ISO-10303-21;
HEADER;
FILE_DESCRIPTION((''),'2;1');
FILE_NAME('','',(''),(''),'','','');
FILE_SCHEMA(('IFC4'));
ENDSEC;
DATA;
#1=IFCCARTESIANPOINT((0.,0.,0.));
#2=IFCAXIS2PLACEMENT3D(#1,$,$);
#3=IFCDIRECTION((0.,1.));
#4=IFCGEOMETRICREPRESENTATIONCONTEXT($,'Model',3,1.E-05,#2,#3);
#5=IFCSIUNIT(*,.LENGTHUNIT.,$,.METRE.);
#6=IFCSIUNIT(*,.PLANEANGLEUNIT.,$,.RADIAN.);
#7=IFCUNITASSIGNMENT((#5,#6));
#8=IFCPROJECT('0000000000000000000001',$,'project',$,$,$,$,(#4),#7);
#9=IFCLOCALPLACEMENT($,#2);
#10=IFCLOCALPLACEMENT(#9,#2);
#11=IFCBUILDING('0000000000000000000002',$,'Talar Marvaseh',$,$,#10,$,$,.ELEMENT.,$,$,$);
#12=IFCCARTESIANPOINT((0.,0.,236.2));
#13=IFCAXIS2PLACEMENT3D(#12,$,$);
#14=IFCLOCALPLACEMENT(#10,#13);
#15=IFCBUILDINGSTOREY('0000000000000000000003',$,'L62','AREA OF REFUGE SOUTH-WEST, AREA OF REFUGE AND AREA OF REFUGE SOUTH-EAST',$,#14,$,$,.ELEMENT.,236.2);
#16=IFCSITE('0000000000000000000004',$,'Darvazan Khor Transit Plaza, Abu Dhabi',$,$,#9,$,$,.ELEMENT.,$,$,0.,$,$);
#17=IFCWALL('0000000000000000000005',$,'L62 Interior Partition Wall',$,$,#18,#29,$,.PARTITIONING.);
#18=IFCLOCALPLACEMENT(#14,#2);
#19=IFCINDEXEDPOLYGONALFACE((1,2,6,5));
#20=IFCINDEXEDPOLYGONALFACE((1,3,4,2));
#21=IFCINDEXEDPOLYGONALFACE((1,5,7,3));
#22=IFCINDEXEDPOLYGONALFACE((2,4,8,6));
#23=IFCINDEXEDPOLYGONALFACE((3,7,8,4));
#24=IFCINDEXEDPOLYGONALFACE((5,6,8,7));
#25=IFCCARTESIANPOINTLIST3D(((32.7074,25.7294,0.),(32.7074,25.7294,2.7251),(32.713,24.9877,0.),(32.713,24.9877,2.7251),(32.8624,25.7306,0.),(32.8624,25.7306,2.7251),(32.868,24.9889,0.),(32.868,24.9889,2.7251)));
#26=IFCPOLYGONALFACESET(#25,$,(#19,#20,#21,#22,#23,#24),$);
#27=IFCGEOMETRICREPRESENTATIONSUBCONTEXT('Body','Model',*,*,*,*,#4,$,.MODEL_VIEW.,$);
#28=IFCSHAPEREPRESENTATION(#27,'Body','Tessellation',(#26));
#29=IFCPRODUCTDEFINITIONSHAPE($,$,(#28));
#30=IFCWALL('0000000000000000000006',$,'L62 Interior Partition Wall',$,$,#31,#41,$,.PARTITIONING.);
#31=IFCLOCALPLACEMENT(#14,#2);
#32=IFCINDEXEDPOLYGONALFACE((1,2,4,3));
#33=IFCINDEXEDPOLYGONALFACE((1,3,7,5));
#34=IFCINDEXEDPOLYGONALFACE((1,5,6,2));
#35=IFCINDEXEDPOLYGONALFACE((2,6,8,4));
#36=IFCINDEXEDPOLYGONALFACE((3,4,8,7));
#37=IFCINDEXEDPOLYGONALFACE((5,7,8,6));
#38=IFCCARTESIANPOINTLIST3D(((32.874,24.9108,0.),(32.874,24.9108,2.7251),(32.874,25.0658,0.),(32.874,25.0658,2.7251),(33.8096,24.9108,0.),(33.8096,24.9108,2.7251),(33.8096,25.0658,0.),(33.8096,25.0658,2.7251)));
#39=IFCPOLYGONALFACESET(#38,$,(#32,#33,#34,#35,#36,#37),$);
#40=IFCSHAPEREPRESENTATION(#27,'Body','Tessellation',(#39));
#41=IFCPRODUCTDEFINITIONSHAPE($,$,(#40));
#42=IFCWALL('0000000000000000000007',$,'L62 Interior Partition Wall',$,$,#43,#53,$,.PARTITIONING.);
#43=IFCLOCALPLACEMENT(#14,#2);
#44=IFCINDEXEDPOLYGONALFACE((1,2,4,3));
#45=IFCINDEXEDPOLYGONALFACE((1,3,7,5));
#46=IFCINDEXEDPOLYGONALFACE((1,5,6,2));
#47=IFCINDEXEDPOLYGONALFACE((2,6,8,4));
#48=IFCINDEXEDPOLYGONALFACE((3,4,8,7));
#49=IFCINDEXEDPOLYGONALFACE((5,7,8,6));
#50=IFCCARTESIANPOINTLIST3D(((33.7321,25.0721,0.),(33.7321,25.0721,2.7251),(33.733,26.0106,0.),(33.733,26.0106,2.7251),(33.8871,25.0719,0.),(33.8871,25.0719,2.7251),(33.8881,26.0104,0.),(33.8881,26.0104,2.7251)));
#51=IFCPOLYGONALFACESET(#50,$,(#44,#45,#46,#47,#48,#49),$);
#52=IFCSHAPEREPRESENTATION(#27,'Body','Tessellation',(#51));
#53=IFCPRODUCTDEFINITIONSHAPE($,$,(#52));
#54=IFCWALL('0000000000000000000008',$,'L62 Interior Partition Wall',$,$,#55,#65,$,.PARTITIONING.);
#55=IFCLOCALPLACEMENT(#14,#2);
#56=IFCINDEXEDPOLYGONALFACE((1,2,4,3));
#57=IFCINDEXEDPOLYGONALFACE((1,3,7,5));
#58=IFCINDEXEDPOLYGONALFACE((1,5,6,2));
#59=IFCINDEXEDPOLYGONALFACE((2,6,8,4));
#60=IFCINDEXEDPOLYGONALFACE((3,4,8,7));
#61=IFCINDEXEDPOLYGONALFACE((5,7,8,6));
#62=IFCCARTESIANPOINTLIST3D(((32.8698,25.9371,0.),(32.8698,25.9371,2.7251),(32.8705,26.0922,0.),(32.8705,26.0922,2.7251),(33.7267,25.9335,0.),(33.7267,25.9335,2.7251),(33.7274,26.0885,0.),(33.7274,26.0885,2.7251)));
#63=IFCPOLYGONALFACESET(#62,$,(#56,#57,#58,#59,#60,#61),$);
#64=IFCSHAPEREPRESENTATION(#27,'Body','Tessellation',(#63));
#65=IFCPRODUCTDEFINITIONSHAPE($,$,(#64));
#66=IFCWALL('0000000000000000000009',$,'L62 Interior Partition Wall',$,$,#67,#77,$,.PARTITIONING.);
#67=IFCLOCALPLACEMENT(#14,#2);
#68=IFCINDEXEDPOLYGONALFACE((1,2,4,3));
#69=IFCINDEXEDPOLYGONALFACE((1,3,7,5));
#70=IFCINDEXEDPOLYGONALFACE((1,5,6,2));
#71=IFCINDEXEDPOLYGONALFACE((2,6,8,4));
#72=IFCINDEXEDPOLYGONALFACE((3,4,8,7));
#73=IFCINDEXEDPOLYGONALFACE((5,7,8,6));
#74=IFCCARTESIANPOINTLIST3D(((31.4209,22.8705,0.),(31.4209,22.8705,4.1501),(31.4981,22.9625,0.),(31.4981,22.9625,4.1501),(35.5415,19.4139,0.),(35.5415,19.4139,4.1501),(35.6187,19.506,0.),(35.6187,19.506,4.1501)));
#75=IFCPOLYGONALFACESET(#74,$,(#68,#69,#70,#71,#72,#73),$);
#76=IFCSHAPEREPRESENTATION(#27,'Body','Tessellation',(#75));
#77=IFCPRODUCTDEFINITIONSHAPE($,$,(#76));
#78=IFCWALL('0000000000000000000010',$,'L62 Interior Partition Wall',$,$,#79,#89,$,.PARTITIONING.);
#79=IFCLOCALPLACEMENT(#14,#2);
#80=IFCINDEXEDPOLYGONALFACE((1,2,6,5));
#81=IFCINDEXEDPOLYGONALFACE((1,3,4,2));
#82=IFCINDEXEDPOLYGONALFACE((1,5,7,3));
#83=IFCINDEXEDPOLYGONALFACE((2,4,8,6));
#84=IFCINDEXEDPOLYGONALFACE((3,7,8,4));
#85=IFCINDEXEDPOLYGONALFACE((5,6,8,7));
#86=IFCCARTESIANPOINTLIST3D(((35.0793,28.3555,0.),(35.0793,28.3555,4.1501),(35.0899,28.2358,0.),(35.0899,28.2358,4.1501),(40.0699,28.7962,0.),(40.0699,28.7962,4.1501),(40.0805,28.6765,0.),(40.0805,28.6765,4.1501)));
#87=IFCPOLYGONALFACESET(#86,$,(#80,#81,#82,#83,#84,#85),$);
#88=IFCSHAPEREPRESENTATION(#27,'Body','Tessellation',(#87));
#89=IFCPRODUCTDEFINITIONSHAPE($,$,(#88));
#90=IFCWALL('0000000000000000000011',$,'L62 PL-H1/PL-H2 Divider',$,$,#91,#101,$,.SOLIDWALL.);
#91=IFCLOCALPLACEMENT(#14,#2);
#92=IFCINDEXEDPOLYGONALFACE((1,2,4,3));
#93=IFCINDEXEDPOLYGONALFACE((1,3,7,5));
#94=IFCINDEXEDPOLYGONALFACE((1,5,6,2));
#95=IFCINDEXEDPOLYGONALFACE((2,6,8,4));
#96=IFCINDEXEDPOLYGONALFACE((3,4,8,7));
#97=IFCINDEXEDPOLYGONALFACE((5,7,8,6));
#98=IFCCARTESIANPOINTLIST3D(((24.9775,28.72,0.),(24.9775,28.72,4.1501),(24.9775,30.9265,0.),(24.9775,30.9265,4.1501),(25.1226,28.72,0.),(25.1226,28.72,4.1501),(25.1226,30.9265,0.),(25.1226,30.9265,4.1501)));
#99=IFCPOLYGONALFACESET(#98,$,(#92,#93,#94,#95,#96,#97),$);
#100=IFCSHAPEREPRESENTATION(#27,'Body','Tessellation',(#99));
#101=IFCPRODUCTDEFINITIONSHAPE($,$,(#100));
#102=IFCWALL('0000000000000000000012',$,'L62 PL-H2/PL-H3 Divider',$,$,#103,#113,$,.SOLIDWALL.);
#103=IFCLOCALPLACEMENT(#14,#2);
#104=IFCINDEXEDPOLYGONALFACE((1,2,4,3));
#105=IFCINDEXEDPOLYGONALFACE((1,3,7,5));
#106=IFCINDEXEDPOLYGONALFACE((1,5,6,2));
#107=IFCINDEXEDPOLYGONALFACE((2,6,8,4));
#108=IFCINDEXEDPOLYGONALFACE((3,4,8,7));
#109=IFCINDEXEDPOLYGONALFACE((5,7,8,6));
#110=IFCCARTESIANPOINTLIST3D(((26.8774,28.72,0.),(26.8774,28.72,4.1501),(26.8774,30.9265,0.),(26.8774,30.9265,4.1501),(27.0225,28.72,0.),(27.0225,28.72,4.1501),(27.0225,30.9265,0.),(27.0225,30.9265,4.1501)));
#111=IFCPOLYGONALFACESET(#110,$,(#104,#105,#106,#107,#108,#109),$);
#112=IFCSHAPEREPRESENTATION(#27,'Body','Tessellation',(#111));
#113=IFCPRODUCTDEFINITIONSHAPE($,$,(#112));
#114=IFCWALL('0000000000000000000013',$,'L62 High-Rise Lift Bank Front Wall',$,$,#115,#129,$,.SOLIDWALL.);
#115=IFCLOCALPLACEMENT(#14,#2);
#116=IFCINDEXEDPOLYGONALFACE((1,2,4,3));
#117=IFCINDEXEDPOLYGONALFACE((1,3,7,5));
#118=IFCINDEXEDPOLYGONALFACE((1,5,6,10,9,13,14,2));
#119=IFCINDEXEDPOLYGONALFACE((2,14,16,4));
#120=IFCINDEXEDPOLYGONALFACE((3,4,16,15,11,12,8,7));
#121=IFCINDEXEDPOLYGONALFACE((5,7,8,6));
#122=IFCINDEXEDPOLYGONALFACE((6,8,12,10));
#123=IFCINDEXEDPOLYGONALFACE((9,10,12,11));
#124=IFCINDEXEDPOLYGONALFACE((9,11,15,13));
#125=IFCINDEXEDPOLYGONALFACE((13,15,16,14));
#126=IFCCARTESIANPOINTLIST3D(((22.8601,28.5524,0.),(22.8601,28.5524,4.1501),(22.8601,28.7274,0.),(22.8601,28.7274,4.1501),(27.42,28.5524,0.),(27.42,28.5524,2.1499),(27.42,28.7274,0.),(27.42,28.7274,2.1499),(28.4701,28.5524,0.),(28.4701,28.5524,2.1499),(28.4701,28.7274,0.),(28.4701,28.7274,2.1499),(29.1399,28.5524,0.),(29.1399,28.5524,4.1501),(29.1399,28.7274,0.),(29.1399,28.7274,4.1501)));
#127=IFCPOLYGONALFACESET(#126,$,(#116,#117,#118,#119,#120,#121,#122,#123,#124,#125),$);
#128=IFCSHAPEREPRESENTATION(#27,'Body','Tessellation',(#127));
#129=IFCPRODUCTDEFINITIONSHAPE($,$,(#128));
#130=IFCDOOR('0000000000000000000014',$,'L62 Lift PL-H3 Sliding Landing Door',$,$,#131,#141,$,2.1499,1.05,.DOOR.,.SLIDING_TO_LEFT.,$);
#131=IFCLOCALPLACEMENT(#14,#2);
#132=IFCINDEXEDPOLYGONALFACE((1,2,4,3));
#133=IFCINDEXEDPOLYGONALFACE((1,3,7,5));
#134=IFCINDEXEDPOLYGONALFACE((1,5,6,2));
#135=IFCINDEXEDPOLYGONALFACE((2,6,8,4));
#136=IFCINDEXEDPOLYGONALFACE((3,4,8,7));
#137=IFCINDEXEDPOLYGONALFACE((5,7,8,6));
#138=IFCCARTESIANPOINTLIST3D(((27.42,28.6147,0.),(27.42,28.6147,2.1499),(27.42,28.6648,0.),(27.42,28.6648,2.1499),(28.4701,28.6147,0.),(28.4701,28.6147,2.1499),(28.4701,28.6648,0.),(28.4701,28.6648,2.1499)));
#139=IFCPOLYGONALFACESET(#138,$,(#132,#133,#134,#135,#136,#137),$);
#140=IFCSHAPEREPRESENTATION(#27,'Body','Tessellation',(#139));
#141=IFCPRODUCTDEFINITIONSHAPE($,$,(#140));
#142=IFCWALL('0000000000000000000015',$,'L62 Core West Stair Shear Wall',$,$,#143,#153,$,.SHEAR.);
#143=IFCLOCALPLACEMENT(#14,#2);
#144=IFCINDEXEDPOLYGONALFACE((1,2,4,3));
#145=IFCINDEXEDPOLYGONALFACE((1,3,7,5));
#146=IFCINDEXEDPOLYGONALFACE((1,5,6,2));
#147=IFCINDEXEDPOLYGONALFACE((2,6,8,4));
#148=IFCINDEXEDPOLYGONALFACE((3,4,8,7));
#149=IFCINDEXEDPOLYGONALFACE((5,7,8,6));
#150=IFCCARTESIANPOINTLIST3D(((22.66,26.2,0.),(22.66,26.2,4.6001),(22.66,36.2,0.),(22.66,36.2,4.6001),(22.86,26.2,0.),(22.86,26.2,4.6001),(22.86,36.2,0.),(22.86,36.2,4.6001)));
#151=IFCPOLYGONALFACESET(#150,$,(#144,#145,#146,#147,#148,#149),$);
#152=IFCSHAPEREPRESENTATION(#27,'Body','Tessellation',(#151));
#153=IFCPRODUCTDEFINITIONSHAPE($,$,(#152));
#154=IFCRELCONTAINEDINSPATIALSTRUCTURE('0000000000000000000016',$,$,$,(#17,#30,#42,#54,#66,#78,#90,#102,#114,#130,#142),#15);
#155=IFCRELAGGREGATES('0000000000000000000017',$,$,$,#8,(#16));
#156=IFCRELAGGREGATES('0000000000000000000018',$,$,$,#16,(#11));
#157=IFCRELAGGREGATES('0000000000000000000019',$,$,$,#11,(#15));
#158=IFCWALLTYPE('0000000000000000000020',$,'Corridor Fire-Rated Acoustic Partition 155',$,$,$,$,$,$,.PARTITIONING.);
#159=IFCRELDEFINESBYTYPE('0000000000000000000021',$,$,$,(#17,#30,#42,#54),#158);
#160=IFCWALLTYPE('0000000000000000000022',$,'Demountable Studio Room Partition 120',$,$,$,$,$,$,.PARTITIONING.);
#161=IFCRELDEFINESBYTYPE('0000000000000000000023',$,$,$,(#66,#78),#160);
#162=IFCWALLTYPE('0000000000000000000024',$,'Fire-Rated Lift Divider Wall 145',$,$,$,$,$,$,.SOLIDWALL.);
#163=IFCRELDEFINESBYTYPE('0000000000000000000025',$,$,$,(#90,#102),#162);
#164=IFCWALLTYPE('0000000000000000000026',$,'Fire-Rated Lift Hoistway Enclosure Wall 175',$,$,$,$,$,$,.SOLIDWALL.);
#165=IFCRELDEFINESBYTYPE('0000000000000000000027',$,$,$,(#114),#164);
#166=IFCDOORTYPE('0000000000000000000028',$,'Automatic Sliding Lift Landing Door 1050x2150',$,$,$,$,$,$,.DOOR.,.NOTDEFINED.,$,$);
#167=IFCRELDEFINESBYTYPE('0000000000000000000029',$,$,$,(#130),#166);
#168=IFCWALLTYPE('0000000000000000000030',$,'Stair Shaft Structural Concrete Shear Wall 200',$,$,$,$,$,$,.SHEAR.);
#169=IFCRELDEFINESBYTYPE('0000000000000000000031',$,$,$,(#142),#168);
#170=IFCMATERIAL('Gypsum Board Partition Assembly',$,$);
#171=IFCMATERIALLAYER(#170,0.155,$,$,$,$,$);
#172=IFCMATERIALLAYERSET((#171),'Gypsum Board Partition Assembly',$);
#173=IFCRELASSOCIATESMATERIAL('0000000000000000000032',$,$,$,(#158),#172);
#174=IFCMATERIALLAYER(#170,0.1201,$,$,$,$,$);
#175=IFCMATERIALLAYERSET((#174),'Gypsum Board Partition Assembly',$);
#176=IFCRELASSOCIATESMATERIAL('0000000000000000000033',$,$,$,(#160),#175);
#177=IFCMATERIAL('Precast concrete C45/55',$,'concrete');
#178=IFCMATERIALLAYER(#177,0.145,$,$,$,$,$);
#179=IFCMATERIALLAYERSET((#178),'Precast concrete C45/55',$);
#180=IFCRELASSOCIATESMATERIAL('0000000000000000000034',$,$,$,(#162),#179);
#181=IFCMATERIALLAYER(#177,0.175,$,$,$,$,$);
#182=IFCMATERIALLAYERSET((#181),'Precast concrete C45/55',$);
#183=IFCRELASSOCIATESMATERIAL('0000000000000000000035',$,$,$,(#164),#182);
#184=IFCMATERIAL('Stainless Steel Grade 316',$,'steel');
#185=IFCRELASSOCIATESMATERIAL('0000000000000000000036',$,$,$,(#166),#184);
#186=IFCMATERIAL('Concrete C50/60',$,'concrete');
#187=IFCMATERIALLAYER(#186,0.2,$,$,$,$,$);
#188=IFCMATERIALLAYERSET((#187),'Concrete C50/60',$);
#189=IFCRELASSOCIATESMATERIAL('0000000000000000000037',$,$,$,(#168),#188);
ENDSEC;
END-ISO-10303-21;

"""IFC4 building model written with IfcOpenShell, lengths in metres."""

from ifc_helpers import new_model, si_unit, direction, frame, frame_2d, origin, place, context, subcontext, project, spatial, rectangle, extrude, source, transform, mapped, material, layer, layer_set, type_object, type_shapes, element, fill, save


model = new_model("IFC4")

# Units and contexts
model_context = context("Model", 3, precision=1e-05, world=origin(), true_north=direction((0.0, 1.0)))
body_context = subcontext(model_context, "Body", "Model", "MODEL_VIEW")
ifc_project = project(units=[si_unit("LENGTHUNIT", "METRE"), si_unit("PLANEANGLEUNIT", "RADIAN")], contexts=[model_context])

# Site, building, storey
site_placement = place(None, origin())
site = spatial("IfcSite", under=ifc_project, at=site_placement, Name="Darvazan Khor Transit Plaza, Abu Dhabi", CompositionType="ELEMENT", RefElevation=0.0)
building_placement = place(site_placement, origin())
building = spatial("IfcBuilding", under=site, at=building_placement, Name="Talar Marvaseh", CompositionType="ELEMENT")
storey_placement = place(building_placement, frame((0.0, 0.0, 236.2)))
storey = spatial("IfcBuildingStorey", under=building, at=storey_placement, Name="L62", Description="AREA OF REFUGE SOUTH-WEST, AREA OF REFUGE AND AREA OF REFUGE SOUTH-EAST", CompositionType="ELEMENT", Elevation=236.2)

# Shared definitions
ifc_material_1 = material(Name="Gypsum Board Partition Assembly")
ifc_layer_1 = layer(ifc_material_1, 0.155)
ifc_layer_set_1 = layer_set([ifc_layer_1], Name="Gypsum Board Partition Assembly")
wall_type_1 = type_object("IfcWallType", Name="Corridor Fire-Rated Acoustic Partition 155", PredefinedType="PARTITIONING", material=ifc_layer_set_1)

# Walls
wall_1_placement = place(storey_placement, frame((32.7849, 25.73, 0.0), z_axis=(0.0, 0.0, 1.0), x_axis=(0.007571, -0.999971, 0.0)))
element("IfcWall", 1, at=wall_1_placement, inside=storey, type_object=wall_type_1, Name="L62 Interior Partition Wall", PredefinedType="PARTITIONING", context=body_context, shape_type="SweptSolid", body=[
    extrude(rectangle(XDim=0.7417, YDim=0.155, at=frame_2d((0.3708, 0.0))), origin(), (0.0, 0.0, 1.0), 2.7251),
])
wall_2_placement = place(storey_placement, frame((32.874, 24.9883, 0.0), z_axis=(0.0, 0.0, 1.0), x_axis=(1.0, 0.0, 0.0)))
element("IfcWall", 2, at=wall_2_placement, inside=storey, type_object=wall_type_1, Name="L62 Interior Partition Wall", PredefinedType="PARTITIONING", context=body_context, shape_type="SweptSolid", body=[
    extrude(rectangle(XDim=0.9355, YDim=0.155, at=frame_2d((0.4678, 0.0))), origin(), (0.0, 0.0, 1.0), 2.7251),
])
wall_3_placement = place(storey_placement, frame((33.8096, 25.072, 0.0), z_axis=(0.0, 0.0, 1.0), x_axis=(0.001041, 0.999999, 0.0)))
element("IfcWall", 3, at=wall_3_placement, inside=storey, type_object=wall_type_1, Name="L62 Interior Partition Wall", PredefinedType="PARTITIONING", context=body_context, shape_type="SweptSolid", body=[
    extrude(rectangle(XDim=0.9385, YDim=0.155, at=frame_2d((0.4692, 0.0))), origin(), (0.0, 0.0, 1.0), 2.7251),
])
wall_4_placement = place(storey_placement, frame((33.7271, 26.011, 0.0), z_axis=(0.0, 0.0, 1.0), x_axis=(-0.999991, 0.004273, 0.0)))
element("IfcWall", 4, at=wall_4_placement, inside=storey, type_object=wall_type_1, Name="L62 Interior Partition Wall", PredefinedType="PARTITIONING", context=body_context, shape_type="SweptSolid", body=[
    extrude(rectangle(XDim=0.8569, YDim=0.155, at=frame_2d((0.4285, 0.0))), origin(), (0.0, 0.0, 1.0), 2.7251),
])
ifc_layer_2 = layer(ifc_material_1, 0.1201)
ifc_layer_set_2 = layer_set([ifc_layer_2], Name="Gypsum Board Partition Assembly")
wall_type_2 = type_object("IfcWallType", Name="Demountable Studio Room Partition 120", PredefinedType="PARTITIONING", material=ifc_layer_set_2)
wall_5_placement = place(storey_placement, frame((31.4595, 22.9165, 0.0), z_axis=(0.0, 0.0, 1.0), x_axis=(0.766141, -0.642672, 0.0)))
element("IfcWall", 5, at=wall_5_placement, inside=storey, type_object=wall_type_2, Name="L62 Interior Partition Wall", PredefinedType="PARTITIONING", context=body_context, shape_type="SweptSolid", body=[
    extrude(rectangle(XDim=5.3784, YDim=0.1201, at=frame_2d((2.6892, 0.0))), origin(), (0.0, 0.0, 1.0), 4.1501),
])
wall_6_placement = place(storey_placement, frame((35.0847, 28.2957, 0.0), z_axis=(0.0, 0.0, 1.0), x_axis=(0.996124, 0.087961, 0.0)))
element("IfcWall", 6, at=wall_6_placement, inside=storey, type_object=wall_type_2, Name="L62 Interior Partition Wall", PredefinedType="PARTITIONING", context=body_context, shape_type="SweptSolid", body=[
    extrude(rectangle(XDim=5.01, YDim=0.1201, at=frame_2d((2.5049, 0.0))), origin(), (0.0, 0.0, 1.0), 4.1501),
])
ifc_material_2 = material(Name="Precast concrete C45/55", Category="concrete")
ifc_layer_3 = layer(ifc_material_2, 0.145)
ifc_layer_set_3 = layer_set([ifc_layer_3], Name="Precast concrete C45/55")
wall_type_3 = type_object("IfcWallType", Name="Fire-Rated Lift Divider Wall 145", PredefinedType="SOLIDWALL", material=ifc_layer_set_3)
for number, where, z_axis, x_axis, name in (
    (7, (25.05, 28.72, 0.0), (0.0, 0.0, 1.0), (0.0, 1.0, 0.0), "L62 PL-H1/PL-H2 Divider"),
    (8, (26.95, 28.72, 0.0), (0.0, 0.0, 1.0), (0.0, 1.0, 0.0), "L62 PL-H2/PL-H3 Divider"),
):
    element("IfcWall", number, at=place(storey_placement, frame(where, z_axis=z_axis, x_axis=x_axis)), inside=storey, type_object=wall_type_3, Name=name, PredefinedType="SOLIDWALL", context=body_context, shape_type="SweptSolid", body=[
        extrude(rectangle(XDim=2.2065, YDim=0.145, at=frame_2d((1.1033, 0.0))), origin(), (0.0, 0.0, 1.0), 4.1501),
    ])

# Wall, opening, door
ifc_layer_4 = layer(ifc_material_2, 0.175)
ifc_layer_set_4 = layer_set([ifc_layer_4], Name="Precast concrete C45/55")
wall_type_4 = type_object("IfcWallType", Name="Fire-Rated Lift Hoistway Enclosure Wall 175", PredefinedType="SOLIDWALL", material=ifc_layer_set_4)
wall_7_placement = place(storey_placement, frame((22.8601, 28.6399, 0.0), z_axis=(0.0, 0.0, 1.0), x_axis=(1.0, 0.0, 0.0)))
wall_7 = element("IfcWall", 9, at=wall_7_placement, inside=storey, type_object=wall_type_4, Name="L62 High-Rise Lift Bank Front Wall", PredefinedType="SOLIDWALL", context=body_context, shape_type="SweptSolid", body=[
    extrude(rectangle(XDim=6.2798, YDim=0.175, at=frame_2d((3.1399, 0.0))), origin(), (0.0, 0.0, 1.0), 4.1501),
])
opening_1_placement = place(wall_7_placement, frame((4.5601, 0.0, 0.0)))
opening_1 = element("IfcOpeningElement", 10, at=opening_1_placement, cuts=wall_7, PredefinedType="OPENING", context=body_context, shape_type="SweptSolid", body=[
    extrude(rectangle(XDim=1.05, YDim=2.1499, at=frame_2d((0.5249, 1.075))), frame((0.0, 0.0977, 0.0), z_axis=(0.0, -1.0, 0.0), x_axis=(1.0, 0.0, 0.0)), (0.0, 0.0, 1.0), 0.1951),
])
ifc_material_3 = material(Name="Stainless Steel Grade 316", Category="steel")
door_type_1 = type_object("IfcDoorType", Name="Automatic Sliding Lift Landing Door 1050x2150", OperationType="NOTDEFINED", PredefinedType="DOOR", material=ifc_material_3)
shared_shape_1 = source(origin(), body_context, "Body", "SweptSolid", [
    extrude(rectangle(XDim=1.05, YDim=2.1499, at=frame_2d((0.5249, 1.075))), frame((0.0, 0.0249, 0.0), z_axis=(0.0, -1.0, 0.0), x_axis=(1.0, 0.0, 0.0)), (0.0, 0.0, 1.0), 0.05),
])
type_shapes(door_type_1, [shared_shape_1])
door_1_placement = place(opening_1_placement, origin())
door_1 = element("IfcDoor", 11, at=door_1_placement, inside=storey, type_object=door_type_1, Name="L62 Lift PL-H3 Sliding Landing Door", OperationType="SLIDING_TO_LEFT", OverallHeight=2.1499, OverallWidth=1.05, PredefinedType="DOOR", context=body_context, shape_type="MappedRepresentation", body=[
    mapped(shared_shape_1, transform((0.0, 0.0, 0.0), x_axis=(1.0, 0.0, 0.0), y_axis=(0.0, 1.0, 0.0), z_axis=(0.0, 0.0, 1.0), scale=1.0)),
])
fill(opening_1, door_1)

# Wall
ifc_material_4 = material(Name="Concrete C50/60", Category="concrete")
ifc_layer_5 = layer(ifc_material_4, 0.2)
ifc_layer_set_5 = layer_set([ifc_layer_5], Name="Concrete C50/60")
wall_type_5 = type_object("IfcWallType", Name="Stair Shaft Structural Concrete Shear Wall 200", PredefinedType="SHEAR", material=ifc_layer_set_5)
wall_8_placement = place(storey_placement, frame((22.76, 26.2, 0.0), z_axis=(0.0, 0.0, 1.0), x_axis=(0.0, 1.0, 0.0)))
element("IfcWall", 12, at=wall_8_placement, inside=storey, type_object=wall_type_5, Name="L62 Core West Stair Shear Wall", PredefinedType="SHEAR", context=body_context, shape_type="SweptSolid", body=[
    extrude(rectangle(XDim=10.0, YDim=0.2, at=frame_2d((5.0, 0.0))), origin(), (0.0, 0.0, 1.0), 4.6001),
])

save(model, "model.ifc")
